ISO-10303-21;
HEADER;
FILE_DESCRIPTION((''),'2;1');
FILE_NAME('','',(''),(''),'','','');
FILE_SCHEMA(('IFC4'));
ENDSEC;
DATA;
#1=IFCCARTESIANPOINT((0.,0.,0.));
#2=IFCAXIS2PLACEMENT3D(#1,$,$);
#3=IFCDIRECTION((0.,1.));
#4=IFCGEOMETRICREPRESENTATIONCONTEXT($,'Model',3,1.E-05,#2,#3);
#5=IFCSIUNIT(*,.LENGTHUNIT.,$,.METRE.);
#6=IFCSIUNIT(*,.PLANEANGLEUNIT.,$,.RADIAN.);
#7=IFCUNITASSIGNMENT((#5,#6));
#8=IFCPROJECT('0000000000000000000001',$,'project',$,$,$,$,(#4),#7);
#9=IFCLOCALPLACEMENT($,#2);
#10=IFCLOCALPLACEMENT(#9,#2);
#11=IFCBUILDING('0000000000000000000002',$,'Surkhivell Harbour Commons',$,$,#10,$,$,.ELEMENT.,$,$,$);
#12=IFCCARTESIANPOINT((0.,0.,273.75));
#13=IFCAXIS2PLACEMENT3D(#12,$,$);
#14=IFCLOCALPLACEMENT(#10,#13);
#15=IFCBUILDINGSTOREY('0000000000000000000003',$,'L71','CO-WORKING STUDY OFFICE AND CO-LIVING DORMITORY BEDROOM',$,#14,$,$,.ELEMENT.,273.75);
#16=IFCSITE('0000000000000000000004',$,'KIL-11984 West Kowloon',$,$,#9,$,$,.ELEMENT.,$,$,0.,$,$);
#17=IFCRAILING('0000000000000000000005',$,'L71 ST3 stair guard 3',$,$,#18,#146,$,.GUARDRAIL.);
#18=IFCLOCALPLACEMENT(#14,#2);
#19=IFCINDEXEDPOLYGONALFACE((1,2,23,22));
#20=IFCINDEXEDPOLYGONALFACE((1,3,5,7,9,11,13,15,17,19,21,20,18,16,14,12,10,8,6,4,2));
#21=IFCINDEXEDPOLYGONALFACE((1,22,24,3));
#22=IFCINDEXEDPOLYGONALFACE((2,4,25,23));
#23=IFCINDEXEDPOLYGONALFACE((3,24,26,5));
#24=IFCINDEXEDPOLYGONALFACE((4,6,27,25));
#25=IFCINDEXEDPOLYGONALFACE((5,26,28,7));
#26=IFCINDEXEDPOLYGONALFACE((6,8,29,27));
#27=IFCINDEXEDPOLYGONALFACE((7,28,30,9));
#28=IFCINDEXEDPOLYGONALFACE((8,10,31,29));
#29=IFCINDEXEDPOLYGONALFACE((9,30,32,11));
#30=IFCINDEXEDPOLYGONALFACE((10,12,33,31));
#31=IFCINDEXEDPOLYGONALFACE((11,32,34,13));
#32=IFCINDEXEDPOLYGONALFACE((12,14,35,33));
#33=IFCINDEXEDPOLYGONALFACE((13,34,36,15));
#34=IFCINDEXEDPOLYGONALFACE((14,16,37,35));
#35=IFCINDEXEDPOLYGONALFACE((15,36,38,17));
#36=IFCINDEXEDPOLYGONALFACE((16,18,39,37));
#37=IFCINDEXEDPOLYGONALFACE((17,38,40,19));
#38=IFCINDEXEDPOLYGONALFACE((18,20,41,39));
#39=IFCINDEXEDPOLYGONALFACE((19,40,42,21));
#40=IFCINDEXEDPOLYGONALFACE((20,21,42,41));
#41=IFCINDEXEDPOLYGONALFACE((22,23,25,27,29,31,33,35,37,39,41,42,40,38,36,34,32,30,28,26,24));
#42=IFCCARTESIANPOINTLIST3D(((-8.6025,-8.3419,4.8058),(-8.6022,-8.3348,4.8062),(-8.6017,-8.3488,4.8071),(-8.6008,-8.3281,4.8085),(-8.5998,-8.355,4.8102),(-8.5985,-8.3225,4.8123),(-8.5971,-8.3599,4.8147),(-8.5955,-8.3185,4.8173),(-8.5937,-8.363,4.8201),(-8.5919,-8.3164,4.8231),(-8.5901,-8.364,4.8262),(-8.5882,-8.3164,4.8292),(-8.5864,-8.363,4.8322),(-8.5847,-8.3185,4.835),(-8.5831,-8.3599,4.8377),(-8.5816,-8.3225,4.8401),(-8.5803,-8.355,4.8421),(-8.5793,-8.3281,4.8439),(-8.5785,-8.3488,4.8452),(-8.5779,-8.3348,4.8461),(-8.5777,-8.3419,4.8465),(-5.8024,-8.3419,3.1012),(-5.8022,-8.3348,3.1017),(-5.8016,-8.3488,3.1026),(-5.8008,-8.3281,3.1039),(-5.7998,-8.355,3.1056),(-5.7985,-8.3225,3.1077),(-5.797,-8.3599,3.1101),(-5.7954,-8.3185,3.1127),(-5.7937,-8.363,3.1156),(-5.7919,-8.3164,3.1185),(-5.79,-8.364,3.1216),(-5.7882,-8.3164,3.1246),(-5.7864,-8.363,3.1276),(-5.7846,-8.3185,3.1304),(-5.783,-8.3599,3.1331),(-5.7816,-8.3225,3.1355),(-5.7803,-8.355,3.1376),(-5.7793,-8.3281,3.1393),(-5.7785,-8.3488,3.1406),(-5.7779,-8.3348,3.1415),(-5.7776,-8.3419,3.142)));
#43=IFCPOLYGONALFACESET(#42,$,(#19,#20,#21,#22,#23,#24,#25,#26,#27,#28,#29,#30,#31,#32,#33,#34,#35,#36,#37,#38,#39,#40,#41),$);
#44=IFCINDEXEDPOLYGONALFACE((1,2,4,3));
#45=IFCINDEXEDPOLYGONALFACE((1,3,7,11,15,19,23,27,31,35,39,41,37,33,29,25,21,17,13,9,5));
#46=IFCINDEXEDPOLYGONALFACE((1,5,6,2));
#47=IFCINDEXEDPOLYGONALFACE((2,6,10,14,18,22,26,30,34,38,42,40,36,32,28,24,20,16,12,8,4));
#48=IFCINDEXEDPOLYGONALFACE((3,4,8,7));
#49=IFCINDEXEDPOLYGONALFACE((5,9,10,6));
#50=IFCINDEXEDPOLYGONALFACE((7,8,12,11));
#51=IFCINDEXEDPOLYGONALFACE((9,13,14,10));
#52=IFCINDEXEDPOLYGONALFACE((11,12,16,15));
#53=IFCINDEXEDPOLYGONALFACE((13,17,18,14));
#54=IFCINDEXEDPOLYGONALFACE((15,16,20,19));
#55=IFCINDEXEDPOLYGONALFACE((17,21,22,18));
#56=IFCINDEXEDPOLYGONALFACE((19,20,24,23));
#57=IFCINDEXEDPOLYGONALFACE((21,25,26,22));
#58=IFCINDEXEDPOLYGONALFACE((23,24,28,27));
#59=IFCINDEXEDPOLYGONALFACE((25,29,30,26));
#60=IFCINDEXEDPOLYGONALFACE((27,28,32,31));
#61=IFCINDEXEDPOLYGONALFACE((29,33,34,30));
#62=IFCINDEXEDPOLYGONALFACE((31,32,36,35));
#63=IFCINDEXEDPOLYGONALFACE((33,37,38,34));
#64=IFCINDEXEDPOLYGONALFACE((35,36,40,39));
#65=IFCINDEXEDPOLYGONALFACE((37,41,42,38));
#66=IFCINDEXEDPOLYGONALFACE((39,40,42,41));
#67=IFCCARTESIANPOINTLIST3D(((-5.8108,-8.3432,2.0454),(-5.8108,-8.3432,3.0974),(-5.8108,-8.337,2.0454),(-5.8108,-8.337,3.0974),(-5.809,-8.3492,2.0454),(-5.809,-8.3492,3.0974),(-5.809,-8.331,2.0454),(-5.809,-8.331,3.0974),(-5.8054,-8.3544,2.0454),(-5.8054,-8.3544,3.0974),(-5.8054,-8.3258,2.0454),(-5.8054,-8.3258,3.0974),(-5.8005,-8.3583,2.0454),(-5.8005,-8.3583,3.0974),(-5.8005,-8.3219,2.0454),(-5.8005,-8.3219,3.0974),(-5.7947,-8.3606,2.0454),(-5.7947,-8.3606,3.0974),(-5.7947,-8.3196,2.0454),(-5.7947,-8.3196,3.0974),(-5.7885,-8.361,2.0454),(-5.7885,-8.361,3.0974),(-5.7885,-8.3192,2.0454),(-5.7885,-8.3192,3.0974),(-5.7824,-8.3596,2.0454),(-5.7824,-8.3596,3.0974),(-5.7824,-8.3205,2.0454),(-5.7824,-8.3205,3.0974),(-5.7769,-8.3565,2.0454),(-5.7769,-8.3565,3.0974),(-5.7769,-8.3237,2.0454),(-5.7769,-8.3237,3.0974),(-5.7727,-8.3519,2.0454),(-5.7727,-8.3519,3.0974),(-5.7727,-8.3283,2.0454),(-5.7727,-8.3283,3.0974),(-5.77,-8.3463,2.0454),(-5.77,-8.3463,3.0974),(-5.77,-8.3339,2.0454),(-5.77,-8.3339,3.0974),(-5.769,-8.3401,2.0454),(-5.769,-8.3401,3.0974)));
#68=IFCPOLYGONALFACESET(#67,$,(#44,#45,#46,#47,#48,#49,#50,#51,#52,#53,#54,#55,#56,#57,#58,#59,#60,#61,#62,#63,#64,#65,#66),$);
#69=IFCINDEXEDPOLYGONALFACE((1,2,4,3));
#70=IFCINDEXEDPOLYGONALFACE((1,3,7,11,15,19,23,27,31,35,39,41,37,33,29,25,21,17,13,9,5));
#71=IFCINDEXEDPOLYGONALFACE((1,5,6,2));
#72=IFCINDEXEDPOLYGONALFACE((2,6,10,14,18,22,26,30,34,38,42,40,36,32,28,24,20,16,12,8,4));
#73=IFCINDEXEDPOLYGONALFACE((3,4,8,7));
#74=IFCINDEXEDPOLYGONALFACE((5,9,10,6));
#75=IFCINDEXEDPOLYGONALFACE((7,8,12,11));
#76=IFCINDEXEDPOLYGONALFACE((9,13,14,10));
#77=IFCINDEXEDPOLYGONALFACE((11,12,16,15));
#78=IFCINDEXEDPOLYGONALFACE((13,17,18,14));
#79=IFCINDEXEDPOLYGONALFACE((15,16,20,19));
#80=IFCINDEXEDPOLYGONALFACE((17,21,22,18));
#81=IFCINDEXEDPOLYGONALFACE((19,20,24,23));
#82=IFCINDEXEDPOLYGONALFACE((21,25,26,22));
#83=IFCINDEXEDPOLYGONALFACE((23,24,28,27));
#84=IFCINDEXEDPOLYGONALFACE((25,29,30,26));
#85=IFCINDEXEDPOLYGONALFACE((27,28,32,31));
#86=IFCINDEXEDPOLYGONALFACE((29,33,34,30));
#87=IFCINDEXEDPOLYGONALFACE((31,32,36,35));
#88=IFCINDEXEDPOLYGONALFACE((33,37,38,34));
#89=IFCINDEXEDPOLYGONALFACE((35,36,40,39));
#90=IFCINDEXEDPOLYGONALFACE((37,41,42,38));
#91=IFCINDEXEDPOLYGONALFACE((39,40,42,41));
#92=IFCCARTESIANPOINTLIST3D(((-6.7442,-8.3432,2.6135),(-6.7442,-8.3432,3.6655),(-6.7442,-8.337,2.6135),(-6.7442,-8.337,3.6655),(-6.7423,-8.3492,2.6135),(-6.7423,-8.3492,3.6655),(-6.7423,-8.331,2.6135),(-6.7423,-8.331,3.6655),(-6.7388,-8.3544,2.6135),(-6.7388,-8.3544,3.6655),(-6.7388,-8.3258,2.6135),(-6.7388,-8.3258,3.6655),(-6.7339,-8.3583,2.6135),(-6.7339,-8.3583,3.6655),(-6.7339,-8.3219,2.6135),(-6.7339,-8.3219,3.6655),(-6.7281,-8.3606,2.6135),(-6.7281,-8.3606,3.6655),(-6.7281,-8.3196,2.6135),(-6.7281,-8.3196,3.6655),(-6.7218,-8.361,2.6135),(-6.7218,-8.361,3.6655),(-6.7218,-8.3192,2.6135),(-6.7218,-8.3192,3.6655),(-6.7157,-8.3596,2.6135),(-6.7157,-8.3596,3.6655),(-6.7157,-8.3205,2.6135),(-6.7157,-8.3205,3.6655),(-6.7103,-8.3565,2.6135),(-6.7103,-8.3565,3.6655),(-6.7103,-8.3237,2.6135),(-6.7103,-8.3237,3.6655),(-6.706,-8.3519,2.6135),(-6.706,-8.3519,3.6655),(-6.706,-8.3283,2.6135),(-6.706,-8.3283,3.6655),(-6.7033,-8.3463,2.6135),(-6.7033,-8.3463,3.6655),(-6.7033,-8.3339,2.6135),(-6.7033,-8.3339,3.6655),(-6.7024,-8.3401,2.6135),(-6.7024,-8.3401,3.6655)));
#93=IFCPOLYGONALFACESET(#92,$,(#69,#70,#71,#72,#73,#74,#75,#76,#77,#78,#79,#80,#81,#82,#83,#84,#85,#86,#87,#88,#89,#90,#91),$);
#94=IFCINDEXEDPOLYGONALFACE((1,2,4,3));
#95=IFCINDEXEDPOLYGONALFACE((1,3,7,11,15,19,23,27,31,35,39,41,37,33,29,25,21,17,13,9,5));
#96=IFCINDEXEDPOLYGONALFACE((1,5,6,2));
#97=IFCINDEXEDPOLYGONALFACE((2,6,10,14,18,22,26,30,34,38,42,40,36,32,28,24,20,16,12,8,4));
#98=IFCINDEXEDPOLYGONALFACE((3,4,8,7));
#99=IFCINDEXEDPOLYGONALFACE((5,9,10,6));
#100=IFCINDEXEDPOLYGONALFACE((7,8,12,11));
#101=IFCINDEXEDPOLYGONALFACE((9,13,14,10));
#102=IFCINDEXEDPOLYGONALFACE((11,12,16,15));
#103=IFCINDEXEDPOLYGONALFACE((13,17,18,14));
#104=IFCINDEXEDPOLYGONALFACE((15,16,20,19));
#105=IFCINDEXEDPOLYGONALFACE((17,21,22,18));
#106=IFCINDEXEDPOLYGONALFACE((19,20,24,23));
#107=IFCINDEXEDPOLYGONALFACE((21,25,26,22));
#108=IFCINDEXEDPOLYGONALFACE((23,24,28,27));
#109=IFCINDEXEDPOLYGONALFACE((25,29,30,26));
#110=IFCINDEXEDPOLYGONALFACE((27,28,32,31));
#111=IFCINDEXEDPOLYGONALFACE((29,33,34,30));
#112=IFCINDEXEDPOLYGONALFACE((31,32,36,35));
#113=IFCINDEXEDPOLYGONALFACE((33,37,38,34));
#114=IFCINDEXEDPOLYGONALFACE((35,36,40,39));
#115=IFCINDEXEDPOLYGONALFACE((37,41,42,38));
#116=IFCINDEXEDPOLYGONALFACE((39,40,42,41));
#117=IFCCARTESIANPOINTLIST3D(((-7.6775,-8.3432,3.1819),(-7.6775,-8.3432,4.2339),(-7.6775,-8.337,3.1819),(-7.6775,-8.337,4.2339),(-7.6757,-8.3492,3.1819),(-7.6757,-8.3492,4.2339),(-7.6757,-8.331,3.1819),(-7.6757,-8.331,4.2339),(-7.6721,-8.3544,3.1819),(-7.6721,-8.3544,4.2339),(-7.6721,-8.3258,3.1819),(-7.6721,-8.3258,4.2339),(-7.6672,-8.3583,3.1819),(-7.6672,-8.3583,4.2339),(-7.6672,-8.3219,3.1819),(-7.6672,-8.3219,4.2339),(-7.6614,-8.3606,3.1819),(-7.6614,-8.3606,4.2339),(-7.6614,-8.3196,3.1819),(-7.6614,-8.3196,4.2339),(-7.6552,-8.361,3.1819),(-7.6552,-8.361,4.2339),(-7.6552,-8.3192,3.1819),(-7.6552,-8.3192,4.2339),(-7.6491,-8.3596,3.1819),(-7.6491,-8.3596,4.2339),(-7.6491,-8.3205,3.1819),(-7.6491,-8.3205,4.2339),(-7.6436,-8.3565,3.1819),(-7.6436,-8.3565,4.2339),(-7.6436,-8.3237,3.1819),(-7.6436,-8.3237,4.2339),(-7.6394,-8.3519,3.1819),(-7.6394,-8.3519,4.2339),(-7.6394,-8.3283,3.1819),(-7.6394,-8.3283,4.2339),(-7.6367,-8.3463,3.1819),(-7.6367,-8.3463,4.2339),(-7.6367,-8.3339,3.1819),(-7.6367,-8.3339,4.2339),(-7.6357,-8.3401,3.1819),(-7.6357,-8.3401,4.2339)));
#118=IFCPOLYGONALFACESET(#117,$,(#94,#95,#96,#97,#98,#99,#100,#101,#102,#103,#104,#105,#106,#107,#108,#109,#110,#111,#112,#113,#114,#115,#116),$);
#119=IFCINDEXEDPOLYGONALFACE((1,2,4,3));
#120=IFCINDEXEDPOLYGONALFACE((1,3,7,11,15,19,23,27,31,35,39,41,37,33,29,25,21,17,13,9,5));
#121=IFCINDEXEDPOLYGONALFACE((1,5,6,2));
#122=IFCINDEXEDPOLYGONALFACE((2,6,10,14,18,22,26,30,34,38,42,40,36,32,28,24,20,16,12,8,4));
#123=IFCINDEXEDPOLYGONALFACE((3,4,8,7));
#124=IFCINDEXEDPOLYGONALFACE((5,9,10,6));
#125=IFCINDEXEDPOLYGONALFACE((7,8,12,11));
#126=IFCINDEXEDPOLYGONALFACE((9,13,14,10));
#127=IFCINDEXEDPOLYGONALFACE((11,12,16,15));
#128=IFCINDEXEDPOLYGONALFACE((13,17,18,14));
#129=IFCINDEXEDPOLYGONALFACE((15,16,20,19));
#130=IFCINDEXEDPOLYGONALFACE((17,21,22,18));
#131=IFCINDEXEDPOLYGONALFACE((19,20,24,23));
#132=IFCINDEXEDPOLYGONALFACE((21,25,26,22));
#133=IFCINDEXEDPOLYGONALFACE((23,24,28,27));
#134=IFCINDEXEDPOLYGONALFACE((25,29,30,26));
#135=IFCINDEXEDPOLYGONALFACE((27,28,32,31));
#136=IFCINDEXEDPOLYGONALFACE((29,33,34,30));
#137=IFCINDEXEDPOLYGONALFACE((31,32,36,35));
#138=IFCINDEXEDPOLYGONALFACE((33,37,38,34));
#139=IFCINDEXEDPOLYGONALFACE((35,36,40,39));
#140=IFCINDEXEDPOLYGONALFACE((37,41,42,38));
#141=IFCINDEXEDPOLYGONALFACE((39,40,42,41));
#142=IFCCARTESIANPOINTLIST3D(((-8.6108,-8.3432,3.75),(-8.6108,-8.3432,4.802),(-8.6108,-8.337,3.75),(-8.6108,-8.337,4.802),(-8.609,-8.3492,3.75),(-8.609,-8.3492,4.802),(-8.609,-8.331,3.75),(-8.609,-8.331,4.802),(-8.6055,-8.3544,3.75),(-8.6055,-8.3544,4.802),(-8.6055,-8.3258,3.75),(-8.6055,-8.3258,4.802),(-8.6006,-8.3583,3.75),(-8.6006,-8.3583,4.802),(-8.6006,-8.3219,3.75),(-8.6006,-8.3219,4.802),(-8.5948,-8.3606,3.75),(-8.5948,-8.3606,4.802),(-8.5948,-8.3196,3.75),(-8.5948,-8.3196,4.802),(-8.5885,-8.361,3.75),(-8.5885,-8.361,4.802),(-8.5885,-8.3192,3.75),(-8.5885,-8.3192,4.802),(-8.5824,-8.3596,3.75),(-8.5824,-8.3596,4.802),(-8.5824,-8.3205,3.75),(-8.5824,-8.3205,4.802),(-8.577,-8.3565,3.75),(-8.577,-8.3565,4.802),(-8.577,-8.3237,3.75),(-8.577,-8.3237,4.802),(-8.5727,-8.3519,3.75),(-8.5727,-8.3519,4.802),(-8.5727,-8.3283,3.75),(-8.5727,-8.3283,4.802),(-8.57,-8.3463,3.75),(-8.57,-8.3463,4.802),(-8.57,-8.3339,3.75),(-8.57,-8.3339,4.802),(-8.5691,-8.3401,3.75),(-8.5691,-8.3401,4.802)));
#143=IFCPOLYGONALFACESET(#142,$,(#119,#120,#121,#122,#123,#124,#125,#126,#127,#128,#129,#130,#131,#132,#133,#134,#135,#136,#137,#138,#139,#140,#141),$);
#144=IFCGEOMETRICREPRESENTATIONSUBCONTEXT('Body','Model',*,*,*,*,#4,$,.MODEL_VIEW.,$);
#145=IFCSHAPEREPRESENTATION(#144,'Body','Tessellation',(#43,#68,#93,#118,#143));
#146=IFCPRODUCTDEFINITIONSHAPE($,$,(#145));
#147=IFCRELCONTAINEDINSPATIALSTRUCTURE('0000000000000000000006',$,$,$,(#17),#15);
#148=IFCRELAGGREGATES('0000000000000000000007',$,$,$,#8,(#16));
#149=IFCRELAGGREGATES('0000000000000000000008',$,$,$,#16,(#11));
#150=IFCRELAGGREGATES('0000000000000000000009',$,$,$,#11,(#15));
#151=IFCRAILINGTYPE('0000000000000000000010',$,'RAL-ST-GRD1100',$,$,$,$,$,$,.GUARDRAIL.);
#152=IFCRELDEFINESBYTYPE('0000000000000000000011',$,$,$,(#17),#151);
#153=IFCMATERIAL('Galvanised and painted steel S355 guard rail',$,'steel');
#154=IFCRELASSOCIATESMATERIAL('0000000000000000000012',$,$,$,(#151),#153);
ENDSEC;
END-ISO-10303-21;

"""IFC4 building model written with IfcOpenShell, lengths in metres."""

from ifc_helpers import new_model, si_unit, direction, frame, origin, origin_2d, place, context, subcontext, project, spatial, circle, extrude, material, type_object, element, save


model = new_model("IFC4")

# Units and contexts
model_context = context("Model", 3, precision=1e-05, world=origin(), true_north=direction((0.0, 1.0)))
body_context = subcontext(model_context, "Body", "Model", "MODEL_VIEW")
ifc_project = project(units=[si_unit("LENGTHUNIT", "METRE"), si_unit("PLANEANGLEUNIT", "RADIAN")], contexts=[model_context])

# Site, building, storey
site_placement = place(None, origin())
site = spatial("IfcSite", under=ifc_project, at=site_placement, Name="KIL-11984 West Kowloon", CompositionType="ELEMENT", RefElevation=0.0)
building_placement = place(site_placement, origin())
building = spatial("IfcBuilding", under=site, at=building_placement, Name="Surkhivell Harbour Commons", CompositionType="ELEMENT")
storey_placement = place(building_placement, frame((0.0, 0.0, 273.75)))
storey = spatial("IfcBuildingStorey", under=building, at=storey_placement, Name="L71", Description="CO-WORKING STUDY OFFICE AND CO-LIVING DORMITORY BEDROOM", CompositionType="ELEMENT", Elevation=273.75)

# Railing
ifc_material_1 = material(Name="Galvanised and painted steel S355 guard rail", Category="steel")
railing_type_1 = type_object("IfcRailingType", Name="RAL-ST-GRD1100", PredefinedType="GUARDRAIL", material=ifc_material_1)
railing_1_placement = place(storey_placement, frame((-5.79, -8.3401, 2.0454)))
element("IfcRailing", 1, at=railing_1_placement, inside=storey, type_object=railing_type_1, Name="L71 ST3 stair guard 3", PredefinedType="GUARDRAIL", context=body_context, shape_type="SweptSolid", body=[
    extrude(circle(Radius=0.0239, at=origin_2d()), frame((0.0, 0.0, 1.0762), z_axis=(-0.85417, 0.0, 0.519994), x_axis=(0.0, -1.0, 0.0)), (0.0, 0.0, 1.0), 3.2781),
    extrude(circle(Radius=0.021, at=origin_2d()), origin(), (0.0, 0.0, 1.0), 1.052),
    extrude(circle(Radius=0.021, at=origin_2d()), frame((-0.9333, 0.0, 0.5681)), (0.0, 0.0, 1.0), 1.052),
    extrude(circle(Radius=0.021, at=origin_2d()), frame((-1.8667, 0.0, 1.1365)), (0.0, 0.0, 1.0), 1.052),
    extrude(circle(Radius=0.021, at=origin_2d()), frame((-2.8, 0.0, 1.7046)), (0.0, 0.0, 1.0), 1.052),
])

save(model, "model.ifc")
